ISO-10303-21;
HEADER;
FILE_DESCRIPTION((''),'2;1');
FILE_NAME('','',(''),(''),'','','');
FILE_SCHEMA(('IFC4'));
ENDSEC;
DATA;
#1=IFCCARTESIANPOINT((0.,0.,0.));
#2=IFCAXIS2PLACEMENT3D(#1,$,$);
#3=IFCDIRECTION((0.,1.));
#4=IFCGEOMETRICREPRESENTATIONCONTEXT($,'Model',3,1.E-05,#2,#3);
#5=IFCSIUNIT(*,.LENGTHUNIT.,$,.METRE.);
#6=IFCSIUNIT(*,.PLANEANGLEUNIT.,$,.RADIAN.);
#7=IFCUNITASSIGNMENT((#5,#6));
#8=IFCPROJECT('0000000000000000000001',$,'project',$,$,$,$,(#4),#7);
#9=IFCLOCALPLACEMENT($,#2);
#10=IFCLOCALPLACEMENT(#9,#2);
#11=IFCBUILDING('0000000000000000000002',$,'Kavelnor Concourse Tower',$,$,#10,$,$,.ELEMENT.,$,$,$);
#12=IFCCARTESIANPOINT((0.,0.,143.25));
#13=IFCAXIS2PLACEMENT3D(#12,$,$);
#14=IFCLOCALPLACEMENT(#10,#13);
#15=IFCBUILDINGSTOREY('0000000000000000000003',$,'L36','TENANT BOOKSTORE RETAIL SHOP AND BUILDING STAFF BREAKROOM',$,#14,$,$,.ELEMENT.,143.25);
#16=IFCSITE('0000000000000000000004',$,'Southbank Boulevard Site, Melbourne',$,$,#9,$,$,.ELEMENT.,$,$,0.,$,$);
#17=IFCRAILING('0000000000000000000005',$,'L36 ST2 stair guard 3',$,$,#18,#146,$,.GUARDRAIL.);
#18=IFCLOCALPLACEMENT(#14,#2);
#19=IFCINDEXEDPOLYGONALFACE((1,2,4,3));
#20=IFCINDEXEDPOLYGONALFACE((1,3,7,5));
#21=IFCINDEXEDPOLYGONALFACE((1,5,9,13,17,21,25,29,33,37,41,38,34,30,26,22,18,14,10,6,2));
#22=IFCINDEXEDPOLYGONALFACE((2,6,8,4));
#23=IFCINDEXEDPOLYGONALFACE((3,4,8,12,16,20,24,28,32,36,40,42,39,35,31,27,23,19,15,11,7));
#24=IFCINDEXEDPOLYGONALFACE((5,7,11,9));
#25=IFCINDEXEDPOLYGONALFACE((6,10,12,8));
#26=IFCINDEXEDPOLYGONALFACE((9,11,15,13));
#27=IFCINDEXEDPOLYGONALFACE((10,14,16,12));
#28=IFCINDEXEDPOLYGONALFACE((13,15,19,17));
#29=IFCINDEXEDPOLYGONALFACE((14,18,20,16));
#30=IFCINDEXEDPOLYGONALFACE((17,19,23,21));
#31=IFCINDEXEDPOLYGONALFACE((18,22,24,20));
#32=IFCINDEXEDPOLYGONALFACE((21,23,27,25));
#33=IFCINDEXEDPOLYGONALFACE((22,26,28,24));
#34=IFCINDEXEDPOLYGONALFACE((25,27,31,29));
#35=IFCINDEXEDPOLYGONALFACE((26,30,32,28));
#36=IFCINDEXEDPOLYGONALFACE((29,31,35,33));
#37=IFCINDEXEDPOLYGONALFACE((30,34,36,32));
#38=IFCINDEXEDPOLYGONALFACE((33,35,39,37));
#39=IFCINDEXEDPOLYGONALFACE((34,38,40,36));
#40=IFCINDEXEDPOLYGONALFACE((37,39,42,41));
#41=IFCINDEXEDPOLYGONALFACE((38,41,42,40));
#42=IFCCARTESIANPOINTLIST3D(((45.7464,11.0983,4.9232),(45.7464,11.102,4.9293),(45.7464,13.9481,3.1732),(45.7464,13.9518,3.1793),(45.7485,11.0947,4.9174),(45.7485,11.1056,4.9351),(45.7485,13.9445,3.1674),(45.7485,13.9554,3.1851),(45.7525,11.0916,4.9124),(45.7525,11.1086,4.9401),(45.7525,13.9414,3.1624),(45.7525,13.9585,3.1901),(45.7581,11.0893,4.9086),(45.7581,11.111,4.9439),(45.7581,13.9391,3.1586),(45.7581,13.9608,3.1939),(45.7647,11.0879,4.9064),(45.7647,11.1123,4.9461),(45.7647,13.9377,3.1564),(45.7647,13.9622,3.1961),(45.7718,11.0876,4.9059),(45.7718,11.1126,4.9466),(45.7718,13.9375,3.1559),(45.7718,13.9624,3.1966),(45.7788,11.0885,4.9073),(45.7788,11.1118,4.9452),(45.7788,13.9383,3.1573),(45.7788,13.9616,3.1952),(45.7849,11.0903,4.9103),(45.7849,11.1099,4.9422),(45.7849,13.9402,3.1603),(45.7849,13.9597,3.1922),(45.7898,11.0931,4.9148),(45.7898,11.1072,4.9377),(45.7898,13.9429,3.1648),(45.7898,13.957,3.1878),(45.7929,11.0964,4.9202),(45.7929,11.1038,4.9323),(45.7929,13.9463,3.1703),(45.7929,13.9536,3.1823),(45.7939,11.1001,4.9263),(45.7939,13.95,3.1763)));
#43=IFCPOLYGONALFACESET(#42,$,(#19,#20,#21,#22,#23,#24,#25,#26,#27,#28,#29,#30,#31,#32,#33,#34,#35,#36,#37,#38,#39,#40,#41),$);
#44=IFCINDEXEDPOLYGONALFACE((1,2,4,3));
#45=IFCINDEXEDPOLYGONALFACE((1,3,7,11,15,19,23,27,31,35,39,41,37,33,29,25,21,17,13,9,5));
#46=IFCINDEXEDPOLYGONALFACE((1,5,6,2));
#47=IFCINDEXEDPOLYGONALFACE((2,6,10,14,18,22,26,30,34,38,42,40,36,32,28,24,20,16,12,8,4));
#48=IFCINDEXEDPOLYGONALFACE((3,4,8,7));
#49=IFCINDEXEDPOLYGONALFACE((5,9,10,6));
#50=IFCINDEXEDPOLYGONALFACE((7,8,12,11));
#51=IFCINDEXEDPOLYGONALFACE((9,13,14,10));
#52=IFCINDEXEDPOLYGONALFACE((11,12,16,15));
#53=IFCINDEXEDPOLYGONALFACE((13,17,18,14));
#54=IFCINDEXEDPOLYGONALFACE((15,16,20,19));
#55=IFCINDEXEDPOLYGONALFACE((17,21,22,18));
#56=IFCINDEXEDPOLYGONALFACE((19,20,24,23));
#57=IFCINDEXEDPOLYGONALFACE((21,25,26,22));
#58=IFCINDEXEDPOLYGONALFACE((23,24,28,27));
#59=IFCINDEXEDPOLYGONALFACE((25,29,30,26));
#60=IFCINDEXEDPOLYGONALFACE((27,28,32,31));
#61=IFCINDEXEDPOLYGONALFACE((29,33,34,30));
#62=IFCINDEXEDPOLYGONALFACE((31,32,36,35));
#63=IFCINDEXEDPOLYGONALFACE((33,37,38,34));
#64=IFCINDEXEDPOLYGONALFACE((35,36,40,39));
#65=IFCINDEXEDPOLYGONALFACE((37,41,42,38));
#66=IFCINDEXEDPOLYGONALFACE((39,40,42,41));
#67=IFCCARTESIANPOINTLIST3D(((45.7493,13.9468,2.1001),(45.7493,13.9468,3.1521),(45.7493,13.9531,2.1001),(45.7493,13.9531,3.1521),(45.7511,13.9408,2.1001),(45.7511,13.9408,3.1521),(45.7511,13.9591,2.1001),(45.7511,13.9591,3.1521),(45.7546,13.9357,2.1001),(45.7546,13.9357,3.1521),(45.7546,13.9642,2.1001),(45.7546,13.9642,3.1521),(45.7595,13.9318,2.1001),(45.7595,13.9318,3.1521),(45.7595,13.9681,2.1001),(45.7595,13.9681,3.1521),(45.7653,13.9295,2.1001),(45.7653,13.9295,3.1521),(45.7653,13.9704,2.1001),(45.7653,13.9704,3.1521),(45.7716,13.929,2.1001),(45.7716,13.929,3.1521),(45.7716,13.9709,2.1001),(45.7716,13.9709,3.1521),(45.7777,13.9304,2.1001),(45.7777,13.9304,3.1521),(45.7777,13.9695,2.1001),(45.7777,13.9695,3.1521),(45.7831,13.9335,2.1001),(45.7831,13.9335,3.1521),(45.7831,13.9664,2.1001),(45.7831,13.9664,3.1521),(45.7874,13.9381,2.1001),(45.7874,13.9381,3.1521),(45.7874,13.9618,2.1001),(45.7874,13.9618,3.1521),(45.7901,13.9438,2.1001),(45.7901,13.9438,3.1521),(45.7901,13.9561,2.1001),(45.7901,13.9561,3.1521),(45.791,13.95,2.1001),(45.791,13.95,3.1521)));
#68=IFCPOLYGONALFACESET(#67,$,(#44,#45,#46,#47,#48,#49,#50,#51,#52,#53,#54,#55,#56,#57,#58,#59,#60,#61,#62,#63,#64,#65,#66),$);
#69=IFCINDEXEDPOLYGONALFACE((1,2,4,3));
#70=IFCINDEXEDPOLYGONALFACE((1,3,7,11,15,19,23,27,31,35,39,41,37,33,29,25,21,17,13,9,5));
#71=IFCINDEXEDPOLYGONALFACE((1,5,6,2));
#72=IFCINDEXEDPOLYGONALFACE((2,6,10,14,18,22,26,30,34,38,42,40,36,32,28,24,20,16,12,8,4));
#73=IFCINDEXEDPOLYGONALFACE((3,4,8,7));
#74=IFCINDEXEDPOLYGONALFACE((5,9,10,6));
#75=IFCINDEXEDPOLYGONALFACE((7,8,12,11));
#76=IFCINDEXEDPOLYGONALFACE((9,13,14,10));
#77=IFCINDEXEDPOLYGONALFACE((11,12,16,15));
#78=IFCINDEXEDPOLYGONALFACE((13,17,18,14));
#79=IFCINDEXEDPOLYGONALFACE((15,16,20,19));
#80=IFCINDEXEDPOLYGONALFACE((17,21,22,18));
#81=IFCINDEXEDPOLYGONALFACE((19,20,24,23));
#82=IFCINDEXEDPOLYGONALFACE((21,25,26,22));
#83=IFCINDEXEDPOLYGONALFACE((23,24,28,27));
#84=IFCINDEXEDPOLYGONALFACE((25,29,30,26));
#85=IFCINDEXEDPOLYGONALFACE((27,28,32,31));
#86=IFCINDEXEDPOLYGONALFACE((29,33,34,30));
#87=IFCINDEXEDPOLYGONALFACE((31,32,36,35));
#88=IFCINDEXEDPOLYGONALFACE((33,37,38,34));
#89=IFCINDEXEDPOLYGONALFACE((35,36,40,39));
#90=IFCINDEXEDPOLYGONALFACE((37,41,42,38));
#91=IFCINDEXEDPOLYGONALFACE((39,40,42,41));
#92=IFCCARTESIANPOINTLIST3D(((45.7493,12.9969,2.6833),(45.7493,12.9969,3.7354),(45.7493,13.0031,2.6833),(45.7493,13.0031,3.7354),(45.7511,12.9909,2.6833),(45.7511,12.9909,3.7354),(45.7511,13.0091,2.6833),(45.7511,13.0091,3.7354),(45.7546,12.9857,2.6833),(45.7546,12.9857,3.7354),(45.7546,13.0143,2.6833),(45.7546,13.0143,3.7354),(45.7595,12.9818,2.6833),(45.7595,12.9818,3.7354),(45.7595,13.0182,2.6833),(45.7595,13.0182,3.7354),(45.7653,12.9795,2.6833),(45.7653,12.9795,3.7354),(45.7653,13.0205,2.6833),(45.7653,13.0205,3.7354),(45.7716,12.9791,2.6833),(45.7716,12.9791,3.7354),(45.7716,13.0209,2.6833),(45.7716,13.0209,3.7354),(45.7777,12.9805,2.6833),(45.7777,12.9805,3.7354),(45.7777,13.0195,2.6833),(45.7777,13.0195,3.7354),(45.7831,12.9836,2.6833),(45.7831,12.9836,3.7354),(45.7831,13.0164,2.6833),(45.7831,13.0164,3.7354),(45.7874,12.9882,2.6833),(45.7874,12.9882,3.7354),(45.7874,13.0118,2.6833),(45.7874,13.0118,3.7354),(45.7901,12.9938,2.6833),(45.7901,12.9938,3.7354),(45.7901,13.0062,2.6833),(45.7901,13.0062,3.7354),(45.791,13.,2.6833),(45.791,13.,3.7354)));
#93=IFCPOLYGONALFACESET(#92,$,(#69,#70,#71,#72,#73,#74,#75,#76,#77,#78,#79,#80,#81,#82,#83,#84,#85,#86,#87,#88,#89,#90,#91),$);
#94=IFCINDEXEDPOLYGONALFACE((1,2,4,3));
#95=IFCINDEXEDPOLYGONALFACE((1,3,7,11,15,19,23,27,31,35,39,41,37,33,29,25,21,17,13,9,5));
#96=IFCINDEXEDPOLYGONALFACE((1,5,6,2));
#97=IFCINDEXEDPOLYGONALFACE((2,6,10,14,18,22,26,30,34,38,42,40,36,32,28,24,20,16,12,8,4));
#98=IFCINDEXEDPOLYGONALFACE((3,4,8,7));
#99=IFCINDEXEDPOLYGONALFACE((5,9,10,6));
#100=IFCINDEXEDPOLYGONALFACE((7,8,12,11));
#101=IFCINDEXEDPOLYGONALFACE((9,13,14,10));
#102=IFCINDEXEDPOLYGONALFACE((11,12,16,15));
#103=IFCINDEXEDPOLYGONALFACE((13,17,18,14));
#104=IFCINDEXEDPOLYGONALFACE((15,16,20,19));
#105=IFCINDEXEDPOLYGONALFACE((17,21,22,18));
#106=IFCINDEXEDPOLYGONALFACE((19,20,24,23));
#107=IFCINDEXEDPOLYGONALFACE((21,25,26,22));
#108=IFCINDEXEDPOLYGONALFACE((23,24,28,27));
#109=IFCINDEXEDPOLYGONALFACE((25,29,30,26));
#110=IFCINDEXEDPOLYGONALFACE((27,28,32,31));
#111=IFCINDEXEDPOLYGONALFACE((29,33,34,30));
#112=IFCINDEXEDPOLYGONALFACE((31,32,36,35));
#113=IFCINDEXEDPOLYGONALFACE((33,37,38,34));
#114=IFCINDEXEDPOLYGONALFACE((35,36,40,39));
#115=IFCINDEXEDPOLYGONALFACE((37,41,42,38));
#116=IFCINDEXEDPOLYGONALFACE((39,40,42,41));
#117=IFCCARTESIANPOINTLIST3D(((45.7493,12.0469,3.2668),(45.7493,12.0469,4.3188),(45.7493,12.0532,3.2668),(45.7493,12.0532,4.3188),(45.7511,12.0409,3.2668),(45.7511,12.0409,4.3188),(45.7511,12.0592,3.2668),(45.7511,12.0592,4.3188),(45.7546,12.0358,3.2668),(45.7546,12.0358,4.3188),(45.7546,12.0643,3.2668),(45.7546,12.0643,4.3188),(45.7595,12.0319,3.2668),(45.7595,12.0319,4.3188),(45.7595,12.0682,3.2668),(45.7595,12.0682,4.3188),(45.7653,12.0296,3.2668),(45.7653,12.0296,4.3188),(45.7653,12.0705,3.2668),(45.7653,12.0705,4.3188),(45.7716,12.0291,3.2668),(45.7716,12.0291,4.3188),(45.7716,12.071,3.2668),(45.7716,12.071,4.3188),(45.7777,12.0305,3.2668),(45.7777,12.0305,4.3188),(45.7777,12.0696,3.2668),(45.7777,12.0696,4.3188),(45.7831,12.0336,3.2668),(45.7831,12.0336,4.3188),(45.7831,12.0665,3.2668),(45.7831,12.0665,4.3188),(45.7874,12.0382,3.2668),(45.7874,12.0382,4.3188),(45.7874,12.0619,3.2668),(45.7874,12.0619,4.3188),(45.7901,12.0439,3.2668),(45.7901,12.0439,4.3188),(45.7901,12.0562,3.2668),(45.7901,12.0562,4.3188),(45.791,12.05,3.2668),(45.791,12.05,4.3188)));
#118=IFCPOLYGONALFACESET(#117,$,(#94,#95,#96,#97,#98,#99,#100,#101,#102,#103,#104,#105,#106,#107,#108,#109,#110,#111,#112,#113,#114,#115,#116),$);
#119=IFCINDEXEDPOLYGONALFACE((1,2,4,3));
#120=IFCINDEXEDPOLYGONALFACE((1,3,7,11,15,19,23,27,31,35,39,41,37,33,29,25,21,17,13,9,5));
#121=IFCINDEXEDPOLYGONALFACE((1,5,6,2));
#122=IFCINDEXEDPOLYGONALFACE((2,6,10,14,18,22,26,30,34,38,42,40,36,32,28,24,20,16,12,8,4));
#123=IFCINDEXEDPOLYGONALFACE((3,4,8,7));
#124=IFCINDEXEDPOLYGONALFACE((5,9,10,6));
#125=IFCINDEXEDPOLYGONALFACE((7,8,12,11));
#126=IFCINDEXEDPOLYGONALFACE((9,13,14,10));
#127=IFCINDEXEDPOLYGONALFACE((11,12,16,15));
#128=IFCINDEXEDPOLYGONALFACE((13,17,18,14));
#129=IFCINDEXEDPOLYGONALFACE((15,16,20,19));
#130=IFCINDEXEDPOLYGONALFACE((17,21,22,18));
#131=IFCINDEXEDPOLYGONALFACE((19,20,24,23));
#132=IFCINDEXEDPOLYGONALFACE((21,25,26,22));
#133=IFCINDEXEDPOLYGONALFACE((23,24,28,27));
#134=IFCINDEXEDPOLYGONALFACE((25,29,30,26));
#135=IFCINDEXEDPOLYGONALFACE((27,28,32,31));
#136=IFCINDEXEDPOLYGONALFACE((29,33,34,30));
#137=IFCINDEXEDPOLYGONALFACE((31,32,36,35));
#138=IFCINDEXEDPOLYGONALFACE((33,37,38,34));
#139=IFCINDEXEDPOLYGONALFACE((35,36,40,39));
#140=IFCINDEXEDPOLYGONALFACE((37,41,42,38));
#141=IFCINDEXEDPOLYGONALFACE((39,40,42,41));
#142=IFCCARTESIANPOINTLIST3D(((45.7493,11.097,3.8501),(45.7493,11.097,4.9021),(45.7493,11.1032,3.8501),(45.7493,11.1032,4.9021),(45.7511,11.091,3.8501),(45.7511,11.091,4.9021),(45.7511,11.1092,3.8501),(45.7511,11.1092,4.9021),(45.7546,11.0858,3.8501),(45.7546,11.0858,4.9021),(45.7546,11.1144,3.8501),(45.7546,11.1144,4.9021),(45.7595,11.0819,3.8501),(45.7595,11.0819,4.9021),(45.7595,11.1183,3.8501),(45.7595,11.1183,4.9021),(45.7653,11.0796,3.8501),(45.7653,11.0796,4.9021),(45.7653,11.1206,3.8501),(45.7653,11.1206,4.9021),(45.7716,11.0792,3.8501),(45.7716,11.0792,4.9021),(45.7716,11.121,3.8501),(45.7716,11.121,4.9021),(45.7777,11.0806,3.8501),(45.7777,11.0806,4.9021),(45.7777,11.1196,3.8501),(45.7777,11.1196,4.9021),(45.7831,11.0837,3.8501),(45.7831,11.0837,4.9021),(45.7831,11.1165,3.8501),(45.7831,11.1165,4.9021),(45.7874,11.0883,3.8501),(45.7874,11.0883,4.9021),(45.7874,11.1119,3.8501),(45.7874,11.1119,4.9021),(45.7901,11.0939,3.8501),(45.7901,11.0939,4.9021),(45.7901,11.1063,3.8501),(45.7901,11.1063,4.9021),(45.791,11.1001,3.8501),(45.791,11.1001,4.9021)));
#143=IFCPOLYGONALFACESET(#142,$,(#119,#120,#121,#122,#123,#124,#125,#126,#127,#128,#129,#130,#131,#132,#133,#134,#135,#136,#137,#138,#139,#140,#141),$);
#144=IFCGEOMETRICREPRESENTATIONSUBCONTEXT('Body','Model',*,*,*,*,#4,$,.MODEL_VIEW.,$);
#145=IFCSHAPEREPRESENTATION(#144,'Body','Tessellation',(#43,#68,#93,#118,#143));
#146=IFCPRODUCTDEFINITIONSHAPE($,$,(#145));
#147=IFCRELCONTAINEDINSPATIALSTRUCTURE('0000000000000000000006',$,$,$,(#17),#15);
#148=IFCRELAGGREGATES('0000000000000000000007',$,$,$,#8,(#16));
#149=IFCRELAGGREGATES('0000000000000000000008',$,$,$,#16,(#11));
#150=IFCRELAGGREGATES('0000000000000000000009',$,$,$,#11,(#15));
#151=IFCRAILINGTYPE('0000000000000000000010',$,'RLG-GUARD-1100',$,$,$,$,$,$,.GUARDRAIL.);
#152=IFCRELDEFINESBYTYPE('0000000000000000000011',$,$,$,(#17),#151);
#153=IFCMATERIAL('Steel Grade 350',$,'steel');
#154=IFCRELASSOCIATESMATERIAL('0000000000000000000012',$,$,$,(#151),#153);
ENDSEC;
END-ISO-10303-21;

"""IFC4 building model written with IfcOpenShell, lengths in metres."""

from ifc_helpers import new_model, si_unit, direction, frame, origin, origin_2d, place, context, subcontext, project, spatial, circle, extrude, material, type_object, element, save


model = new_model("IFC4")

# Units and contexts
model_context = context("Model", 3, precision=1e-05, world=origin(), true_north=direction((0.0, 1.0)))
body_context = subcontext(model_context, "Body", "Model", "MODEL_VIEW")
ifc_project = project(units=[si_unit("LENGTHUNIT", "METRE"), si_unit("PLANEANGLEUNIT", "RADIAN")], contexts=[model_context])

# Site, building, storey
site_placement = place(None, origin())
site = spatial("IfcSite", under=ifc_project, at=site_placement, Name="Southbank Boulevard Site, Melbourne", CompositionType="ELEMENT", RefElevation=0.0)
building_placement = place(site_placement, origin())
building = spatial("IfcBuilding", under=site, at=building_placement, Name="Kavelnor Concourse Tower", CompositionType="ELEMENT")
storey_placement = place(building_placement, frame((0.0, 0.0, 143.25)))
storey = spatial("IfcBuildingStorey", under=building, at=storey_placement, Name="L36", Description="TENANT BOOKSTORE RETAIL SHOP AND BUILDING STAFF BREAKROOM", CompositionType="ELEMENT", Elevation=143.25)

# Shared definitions
ifc_material_1 = material(Name="Steel Grade 350", Category="steel")

# Railing
railing_type_1 = type_object("IfcRailingType", Name="RLG-GUARD-1100", PredefinedType="GUARDRAIL", material=ifc_material_1)
railing_1_placement = place(storey_placement, frame((45.77, 13.95, 2.1001)))
element("IfcRailing", 1, at=railing_1_placement, inside=storey, type_object=railing_type_1, Name="L36 ST2 stair guard 3", PredefinedType="GUARDRAIL", context=body_context, shape_type="SweptSolid", body=[
    extrude(circle(Radius=0.0239, at=origin_2d()), frame((0.0, 0.0, 1.0762), z_axis=(0.0, -0.852159, 0.523283), x_axis=(1.0, 0.0, 0.0)), (0.0, 0.0, 1.0), 3.3442),
    extrude(circle(Radius=0.021, at=origin_2d()), origin(), (0.0, 0.0, 1.0), 1.052),
    extrude(circle(Radius=0.021, at=origin_2d()), frame((0.0, -0.95, 0.5833)), (0.0, 0.0, 1.0), 1.052),
    extrude(circle(Radius=0.021, at=origin_2d()), frame((0.0, -1.8999, 1.1667)), (0.0, 0.0, 1.0), 1.052),
    extrude(circle(Radius=0.021, at=origin_2d()), frame((0.0, -2.8499, 1.75)), (0.0, 0.0, 1.0), 1.052),
])

save(model, "model.ifc")
